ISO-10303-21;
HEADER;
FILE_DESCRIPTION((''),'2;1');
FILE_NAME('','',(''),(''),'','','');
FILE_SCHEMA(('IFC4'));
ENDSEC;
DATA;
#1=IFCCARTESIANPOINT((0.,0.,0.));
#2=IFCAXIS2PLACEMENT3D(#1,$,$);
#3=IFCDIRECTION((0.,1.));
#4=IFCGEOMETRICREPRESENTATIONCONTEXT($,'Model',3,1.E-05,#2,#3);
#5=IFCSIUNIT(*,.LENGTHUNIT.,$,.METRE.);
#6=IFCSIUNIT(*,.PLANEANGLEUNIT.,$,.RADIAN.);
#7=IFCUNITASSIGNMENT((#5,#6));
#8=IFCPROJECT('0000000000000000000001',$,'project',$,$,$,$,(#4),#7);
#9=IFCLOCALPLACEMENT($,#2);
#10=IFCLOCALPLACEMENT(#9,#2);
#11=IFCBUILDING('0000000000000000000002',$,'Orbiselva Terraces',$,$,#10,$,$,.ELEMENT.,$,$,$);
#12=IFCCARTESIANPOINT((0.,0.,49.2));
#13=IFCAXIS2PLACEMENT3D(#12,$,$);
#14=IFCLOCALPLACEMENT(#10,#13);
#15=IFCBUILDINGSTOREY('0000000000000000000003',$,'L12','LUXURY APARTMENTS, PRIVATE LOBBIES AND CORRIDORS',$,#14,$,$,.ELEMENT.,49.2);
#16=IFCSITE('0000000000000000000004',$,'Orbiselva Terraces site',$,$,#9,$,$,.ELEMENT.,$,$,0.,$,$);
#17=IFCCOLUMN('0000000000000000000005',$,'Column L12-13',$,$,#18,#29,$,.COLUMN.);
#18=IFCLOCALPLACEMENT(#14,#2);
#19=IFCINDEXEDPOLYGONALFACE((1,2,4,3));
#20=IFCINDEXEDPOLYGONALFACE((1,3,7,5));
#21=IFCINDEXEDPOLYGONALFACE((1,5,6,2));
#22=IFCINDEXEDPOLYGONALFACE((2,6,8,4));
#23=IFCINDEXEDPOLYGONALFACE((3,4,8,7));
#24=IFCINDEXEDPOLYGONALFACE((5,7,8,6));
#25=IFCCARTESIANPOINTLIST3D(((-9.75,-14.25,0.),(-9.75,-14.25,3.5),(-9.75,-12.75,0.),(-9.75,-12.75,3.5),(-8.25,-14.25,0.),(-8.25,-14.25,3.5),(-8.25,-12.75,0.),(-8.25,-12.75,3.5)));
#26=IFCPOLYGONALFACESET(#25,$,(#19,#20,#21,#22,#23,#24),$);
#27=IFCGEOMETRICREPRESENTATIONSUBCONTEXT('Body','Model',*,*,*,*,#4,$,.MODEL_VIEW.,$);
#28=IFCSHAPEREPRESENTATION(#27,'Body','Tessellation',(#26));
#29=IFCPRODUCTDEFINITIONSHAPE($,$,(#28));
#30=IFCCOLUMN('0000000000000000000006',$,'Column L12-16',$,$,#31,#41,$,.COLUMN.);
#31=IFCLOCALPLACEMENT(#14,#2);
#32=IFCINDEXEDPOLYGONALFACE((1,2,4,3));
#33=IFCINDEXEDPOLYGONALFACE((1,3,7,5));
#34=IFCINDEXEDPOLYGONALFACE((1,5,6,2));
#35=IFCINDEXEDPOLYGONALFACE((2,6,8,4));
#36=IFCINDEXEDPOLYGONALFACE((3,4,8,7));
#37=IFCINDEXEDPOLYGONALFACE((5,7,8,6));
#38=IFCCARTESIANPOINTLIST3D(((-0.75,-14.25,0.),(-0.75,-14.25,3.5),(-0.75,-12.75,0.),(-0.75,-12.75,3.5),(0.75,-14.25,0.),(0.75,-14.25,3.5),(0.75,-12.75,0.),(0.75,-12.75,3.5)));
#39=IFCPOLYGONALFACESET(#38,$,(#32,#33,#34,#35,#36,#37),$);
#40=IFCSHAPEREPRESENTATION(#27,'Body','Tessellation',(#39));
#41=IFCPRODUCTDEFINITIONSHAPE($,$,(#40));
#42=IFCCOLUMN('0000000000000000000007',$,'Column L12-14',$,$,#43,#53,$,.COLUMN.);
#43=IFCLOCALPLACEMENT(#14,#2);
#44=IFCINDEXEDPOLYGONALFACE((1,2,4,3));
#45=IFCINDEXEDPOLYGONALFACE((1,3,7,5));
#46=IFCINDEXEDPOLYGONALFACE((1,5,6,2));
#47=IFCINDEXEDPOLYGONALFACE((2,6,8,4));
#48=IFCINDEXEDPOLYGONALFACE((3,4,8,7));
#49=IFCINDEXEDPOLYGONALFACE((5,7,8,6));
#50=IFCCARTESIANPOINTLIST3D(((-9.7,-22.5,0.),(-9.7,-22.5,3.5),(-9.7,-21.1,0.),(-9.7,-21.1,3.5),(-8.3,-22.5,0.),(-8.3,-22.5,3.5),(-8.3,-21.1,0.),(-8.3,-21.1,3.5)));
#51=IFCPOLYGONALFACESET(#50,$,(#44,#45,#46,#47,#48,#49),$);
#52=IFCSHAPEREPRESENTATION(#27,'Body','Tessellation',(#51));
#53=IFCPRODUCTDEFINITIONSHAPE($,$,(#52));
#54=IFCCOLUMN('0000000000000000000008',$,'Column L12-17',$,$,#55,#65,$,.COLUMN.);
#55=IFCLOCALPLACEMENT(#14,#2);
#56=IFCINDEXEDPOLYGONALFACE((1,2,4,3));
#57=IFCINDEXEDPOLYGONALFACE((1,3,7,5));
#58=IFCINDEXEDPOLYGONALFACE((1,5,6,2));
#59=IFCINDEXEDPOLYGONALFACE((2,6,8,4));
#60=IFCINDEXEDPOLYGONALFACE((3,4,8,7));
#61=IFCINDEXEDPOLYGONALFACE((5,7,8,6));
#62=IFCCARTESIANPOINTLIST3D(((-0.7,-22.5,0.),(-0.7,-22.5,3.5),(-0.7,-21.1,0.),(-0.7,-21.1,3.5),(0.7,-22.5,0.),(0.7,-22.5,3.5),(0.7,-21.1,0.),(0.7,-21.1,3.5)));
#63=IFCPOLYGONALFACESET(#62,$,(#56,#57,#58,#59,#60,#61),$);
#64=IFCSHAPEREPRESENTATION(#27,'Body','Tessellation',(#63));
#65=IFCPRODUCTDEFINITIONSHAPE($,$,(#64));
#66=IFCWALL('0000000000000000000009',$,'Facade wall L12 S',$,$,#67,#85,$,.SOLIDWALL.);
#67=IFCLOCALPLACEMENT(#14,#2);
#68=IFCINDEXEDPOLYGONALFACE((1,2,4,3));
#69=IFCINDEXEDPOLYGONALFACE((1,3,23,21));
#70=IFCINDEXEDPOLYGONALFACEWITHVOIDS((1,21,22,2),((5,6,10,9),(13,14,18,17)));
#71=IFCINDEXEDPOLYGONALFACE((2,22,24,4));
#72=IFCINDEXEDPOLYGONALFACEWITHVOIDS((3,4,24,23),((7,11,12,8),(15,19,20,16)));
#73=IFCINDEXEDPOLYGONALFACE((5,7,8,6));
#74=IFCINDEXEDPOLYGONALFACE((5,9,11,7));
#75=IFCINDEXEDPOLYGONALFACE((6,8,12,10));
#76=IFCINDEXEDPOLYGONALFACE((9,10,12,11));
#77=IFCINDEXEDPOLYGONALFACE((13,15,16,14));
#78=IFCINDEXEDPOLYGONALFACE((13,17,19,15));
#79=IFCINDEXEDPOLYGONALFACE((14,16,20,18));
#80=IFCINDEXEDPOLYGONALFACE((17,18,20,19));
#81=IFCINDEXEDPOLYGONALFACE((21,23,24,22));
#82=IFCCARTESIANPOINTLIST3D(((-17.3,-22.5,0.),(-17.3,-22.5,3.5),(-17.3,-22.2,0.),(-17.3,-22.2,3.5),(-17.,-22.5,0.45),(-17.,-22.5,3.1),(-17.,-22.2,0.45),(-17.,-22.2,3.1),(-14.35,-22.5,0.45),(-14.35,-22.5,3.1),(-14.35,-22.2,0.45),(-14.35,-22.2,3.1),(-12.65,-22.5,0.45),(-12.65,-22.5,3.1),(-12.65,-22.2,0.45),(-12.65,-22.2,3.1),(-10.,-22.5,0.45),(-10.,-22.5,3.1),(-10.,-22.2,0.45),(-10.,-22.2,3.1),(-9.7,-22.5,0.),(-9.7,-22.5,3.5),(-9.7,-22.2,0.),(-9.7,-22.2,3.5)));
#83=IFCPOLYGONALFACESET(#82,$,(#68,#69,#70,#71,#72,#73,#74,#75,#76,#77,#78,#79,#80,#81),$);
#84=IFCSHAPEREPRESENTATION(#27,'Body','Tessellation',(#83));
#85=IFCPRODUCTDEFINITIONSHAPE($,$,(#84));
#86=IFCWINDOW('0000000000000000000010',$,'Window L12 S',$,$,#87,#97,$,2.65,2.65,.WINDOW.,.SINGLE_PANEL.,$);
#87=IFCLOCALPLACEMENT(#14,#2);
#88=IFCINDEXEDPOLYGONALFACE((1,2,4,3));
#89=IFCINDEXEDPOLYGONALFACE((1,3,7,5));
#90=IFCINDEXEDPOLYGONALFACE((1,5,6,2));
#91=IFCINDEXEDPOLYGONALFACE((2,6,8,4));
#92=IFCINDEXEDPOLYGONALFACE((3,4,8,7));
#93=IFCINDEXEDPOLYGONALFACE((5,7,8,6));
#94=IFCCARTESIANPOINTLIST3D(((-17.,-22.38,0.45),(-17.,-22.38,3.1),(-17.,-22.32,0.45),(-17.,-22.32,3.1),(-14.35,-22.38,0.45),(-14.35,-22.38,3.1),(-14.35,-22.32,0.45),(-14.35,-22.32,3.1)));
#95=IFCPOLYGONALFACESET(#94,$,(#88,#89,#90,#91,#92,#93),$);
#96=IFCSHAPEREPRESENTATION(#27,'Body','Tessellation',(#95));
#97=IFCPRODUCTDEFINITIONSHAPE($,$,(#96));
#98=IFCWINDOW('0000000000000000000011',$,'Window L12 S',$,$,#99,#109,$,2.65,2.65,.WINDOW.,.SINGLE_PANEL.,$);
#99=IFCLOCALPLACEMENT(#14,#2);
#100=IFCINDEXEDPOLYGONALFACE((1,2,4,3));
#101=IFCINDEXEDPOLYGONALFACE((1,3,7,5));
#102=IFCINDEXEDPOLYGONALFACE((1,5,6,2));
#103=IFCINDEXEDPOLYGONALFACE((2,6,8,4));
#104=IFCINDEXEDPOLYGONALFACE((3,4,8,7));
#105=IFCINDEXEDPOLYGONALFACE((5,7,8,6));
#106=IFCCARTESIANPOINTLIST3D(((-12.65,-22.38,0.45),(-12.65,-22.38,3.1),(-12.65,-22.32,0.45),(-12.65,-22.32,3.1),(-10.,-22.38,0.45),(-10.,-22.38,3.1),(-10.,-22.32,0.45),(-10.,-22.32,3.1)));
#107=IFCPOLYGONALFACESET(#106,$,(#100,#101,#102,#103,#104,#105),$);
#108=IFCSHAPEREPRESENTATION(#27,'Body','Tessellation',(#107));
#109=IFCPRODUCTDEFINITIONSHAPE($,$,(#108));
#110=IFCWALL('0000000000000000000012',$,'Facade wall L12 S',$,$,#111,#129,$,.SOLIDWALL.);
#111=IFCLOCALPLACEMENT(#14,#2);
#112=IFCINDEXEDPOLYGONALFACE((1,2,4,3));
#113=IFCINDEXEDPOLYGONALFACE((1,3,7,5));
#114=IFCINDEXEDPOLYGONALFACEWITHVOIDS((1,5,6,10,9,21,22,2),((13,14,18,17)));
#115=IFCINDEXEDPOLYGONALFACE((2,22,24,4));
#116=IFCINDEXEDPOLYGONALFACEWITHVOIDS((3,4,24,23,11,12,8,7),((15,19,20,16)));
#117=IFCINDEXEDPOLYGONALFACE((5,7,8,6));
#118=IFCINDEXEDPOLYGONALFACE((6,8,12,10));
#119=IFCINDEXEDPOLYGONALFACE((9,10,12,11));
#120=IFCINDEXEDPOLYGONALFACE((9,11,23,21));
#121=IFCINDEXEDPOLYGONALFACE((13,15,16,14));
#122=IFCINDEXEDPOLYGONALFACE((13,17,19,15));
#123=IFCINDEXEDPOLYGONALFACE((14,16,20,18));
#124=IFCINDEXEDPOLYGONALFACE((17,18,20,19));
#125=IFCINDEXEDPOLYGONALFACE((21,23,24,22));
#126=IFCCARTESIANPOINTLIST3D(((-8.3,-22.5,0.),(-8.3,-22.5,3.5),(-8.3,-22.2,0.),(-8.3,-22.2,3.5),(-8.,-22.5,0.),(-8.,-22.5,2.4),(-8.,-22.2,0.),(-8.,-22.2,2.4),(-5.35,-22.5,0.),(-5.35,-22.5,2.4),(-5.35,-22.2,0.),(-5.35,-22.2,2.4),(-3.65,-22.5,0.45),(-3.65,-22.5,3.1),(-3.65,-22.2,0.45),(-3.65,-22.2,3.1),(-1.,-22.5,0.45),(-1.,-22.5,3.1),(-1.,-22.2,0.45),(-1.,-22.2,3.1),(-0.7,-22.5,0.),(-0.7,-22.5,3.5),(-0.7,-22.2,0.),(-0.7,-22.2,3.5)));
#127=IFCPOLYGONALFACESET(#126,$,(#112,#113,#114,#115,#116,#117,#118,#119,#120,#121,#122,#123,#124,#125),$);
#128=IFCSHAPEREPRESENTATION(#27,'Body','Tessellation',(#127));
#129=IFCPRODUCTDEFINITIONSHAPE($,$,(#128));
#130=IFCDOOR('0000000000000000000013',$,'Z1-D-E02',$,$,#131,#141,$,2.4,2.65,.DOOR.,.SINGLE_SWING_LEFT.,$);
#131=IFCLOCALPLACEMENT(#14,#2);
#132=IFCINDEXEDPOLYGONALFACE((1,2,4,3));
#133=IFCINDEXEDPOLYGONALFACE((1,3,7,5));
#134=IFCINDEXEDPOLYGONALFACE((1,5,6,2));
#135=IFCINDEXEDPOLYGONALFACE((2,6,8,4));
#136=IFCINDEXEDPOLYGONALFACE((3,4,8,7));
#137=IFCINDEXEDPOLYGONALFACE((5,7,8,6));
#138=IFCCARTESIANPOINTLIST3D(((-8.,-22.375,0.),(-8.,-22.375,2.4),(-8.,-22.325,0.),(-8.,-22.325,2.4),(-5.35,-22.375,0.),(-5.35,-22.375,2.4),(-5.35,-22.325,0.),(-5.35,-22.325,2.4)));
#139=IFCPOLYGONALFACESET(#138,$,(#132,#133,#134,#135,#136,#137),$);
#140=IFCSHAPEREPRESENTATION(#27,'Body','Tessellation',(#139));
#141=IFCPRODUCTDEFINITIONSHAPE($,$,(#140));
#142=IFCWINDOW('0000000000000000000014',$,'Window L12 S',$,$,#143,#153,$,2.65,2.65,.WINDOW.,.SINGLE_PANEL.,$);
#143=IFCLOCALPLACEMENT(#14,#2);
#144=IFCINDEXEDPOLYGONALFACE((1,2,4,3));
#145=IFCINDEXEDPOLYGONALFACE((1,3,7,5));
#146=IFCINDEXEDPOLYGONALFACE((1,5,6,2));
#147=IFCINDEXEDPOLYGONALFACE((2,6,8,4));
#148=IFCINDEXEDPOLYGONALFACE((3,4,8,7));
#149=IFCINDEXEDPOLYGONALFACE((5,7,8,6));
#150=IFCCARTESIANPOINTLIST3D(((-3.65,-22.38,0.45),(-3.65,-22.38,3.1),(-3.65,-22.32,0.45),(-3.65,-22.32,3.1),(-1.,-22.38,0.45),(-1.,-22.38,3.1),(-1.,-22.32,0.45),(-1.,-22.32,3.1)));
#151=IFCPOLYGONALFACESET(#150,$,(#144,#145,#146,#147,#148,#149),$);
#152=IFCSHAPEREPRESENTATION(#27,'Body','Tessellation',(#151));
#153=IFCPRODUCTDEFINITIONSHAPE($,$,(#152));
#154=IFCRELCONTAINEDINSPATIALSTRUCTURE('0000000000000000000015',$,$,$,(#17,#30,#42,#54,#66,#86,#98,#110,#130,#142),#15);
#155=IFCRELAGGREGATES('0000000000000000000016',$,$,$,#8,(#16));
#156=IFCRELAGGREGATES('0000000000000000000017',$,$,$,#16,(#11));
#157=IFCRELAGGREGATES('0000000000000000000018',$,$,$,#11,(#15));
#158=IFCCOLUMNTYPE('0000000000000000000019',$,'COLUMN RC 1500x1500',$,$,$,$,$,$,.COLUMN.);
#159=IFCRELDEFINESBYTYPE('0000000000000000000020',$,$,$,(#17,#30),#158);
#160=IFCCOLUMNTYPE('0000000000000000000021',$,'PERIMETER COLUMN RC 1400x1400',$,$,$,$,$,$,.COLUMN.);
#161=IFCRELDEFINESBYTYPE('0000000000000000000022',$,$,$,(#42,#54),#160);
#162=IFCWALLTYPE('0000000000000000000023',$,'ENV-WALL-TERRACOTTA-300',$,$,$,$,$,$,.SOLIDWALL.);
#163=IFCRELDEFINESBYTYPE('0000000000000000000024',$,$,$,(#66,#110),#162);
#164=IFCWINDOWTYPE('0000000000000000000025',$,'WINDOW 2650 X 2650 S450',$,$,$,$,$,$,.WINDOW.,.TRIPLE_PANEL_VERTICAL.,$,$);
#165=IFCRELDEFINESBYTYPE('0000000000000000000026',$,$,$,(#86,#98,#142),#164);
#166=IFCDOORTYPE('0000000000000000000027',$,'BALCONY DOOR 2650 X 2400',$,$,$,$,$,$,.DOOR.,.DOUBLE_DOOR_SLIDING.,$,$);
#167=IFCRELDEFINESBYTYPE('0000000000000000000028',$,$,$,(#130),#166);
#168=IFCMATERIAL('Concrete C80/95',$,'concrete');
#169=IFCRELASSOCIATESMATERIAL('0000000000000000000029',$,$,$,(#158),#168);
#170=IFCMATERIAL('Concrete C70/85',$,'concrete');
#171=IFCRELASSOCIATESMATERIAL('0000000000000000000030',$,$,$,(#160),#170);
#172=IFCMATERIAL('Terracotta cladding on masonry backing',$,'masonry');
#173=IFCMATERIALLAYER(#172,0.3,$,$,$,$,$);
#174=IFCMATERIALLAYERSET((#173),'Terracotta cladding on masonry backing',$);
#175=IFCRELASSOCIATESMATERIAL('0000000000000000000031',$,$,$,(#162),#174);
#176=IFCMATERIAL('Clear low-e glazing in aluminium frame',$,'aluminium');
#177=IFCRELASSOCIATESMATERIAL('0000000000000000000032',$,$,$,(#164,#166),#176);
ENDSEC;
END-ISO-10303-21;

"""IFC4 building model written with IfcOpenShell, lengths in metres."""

from ifc_helpers import new_model, si_unit, direction, frame, frame_2d, origin, origin_2d, place, context, subcontext, project, spatial, rectangle, extrude, material, layer, layer_set, material_profile, profile_set, type_object, element, fill, save


model = new_model("IFC4")

# Units and contexts
model_context = context("Model", 3, precision=1e-05, world=origin(), true_north=direction((0.0, 1.0)))
body_context = subcontext(model_context, "Body", "Model", "MODEL_VIEW")
ifc_project = project(units=[si_unit("LENGTHUNIT", "METRE"), si_unit("PLANEANGLEUNIT", "RADIAN")], contexts=[model_context])

# Site, building, storey
site_placement = place(None, origin())
site = spatial("IfcSite", under=ifc_project, at=site_placement, Name="Orbiselva Terraces site", CompositionType="ELEMENT", RefElevation=0.0)
building_placement = place(site_placement, origin())
building = spatial("IfcBuilding", under=site, at=building_placement, Name="Orbiselva Terraces", CompositionType="ELEMENT")
storey_placement = place(building_placement, frame((0.0, 0.0, 49.2)))
storey = spatial("IfcBuildingStorey", under=building, at=storey_placement, Name="L12", Description="LUXURY APARTMENTS, PRIVATE LOBBIES AND CORRIDORS", CompositionType="ELEMENT", Elevation=49.2)

# Columns
ifc_material_1 = material(Name="Concrete C80/95", Category="concrete")
ifc_material_profile_1 = material_profile(ifc_material_1, rectangle(XDim=1.5, YDim=1.5, at=origin_2d()), Name="RC 1500x1500")
ifc_profile_set_1 = profile_set([ifc_material_profile_1], Name="Concrete C80/95")
column_type_1 = type_object("IfcColumnType", Name="COLUMN RC 1500x1500", PredefinedType="COLUMN", material=ifc_profile_set_1)
for number, where, z_axis, x_axis, name in (
    (1, (-9.0, -13.5, 0.0), (0.0, 0.0, 1.0), (1.0, 0.0, 0.0), "Column L12-13"),
    (2, (0.0, -13.5, 0.0), (0.0, 0.0, 1.0), (1.0, 0.0, 0.0), "Column L12-16"),
):
    element("IfcColumn", number, at=place(storey_placement, frame(where, z_axis=z_axis, x_axis=x_axis)), inside=storey, type_object=column_type_1, Name=name, PredefinedType="COLUMN", context=body_context, shape_type="SweptSolid", body=[
        extrude(rectangle(XDim=1.5, YDim=1.5, at=origin_2d()), origin(), (0.0, 0.0, 1.0), 3.5),
    ])
ifc_material_2 = material(Name="Concrete C70/85", Category="concrete")
ifc_material_profile_2 = material_profile(ifc_material_2, rectangle(XDim=1.4, YDim=1.4, at=origin_2d()), Name="RC 1400x1400")
ifc_profile_set_2 = profile_set([ifc_material_profile_2], Name="Concrete C70/85")
column_type_2 = type_object("IfcColumnType", Name="PERIMETER COLUMN RC 1400x1400", PredefinedType="COLUMN", material=ifc_profile_set_2)
for number, where, z_axis, x_axis, name in (
    (3, (-9.0, -21.8, 0.0), (0.0, 0.0, 1.0), (1.0, 0.0, 0.0), "Column L12-14"),
    (4, (0.0, -21.8, 0.0), (0.0, 0.0, 1.0), (1.0, 0.0, 0.0), "Column L12-17"),
):
    element("IfcColumn", number, at=place(storey_placement, frame(where, z_axis=z_axis, x_axis=x_axis)), inside=storey, type_object=column_type_2, Name=name, PredefinedType="COLUMN", context=body_context, shape_type="SweptSolid", body=[
        extrude(rectangle(XDim=1.4, YDim=1.4, at=origin_2d()), origin(), (0.0, 0.0, 1.0), 3.5),
    ])

# Wall, openings, windows
ifc_material_3 = material(Name="Terracotta cladding on masonry backing", Category="masonry")
ifc_layer_1 = layer(ifc_material_3, 0.3)
ifc_layer_set_1 = layer_set([ifc_layer_1], Name="Terracotta cladding on masonry backing")
wall_type_1 = type_object("IfcWallType", Name="ENV-WALL-TERRACOTTA-300", PredefinedType="SOLIDWALL", material=ifc_layer_set_1)
wall_1_placement = place(storey_placement, frame((-9.7, -22.35, 0.0), z_axis=(0.0, 0.0, 1.0), x_axis=(-1.0, 0.0, 0.0)))
wall_1 = element("IfcWall", 5, at=wall_1_placement, inside=storey, type_object=wall_type_1, Name="Facade wall L12 S", PredefinedType="SOLIDWALL", context=body_context, shape_type="SweptSolid", body=[
    extrude(rectangle(XDim=7.6, YDim=0.3, at=frame_2d((3.8, 0.0))), origin(), (0.0, 0.0, 1.0), 3.5),
])
opening_1_placement = place(wall_1_placement, frame((4.65, 0.0, 0.45)))
opening_1 = element("IfcOpeningElement", 6, at=opening_1_placement, cuts=wall_1, PredefinedType="OPENING", context=body_context, shape_type="SweptSolid", body=[
    extrude(rectangle(XDim=2.65, YDim=2.65, at=frame_2d((1.325, 1.325))), frame((0.0, 0.16, 0.0), z_axis=(0.0, -1.0, 0.0), x_axis=(1.0, 0.0, 0.0)), (0.0, 0.0, 1.0), 0.32),
])
opening_2_placement = place(wall_1_placement, frame((0.3, 0.0, 0.45)))
opening_2 = element("IfcOpeningElement", 7, at=opening_2_placement, cuts=wall_1, PredefinedType="OPENING", context=body_context, shape_type="SweptSolid", body=[
    extrude(rectangle(XDim=2.65, YDim=2.65, at=frame_2d((1.325, 1.325))), frame((0.0, 0.16, 0.0), z_axis=(0.0, -1.0, 0.0), x_axis=(1.0, 0.0, 0.0)), (0.0, 0.0, 1.0), 0.32),
])
ifc_material_4 = material(Name="Clear low-e glazing in aluminium frame", Category="aluminium")
window_type = type_object("IfcWindowType", Name="WINDOW 2650 X 2650 S450", PartitioningType="TRIPLE_PANEL_VERTICAL", PredefinedType="WINDOW", material=ifc_material_4)
window_1_placement = place(opening_1_placement, origin())
window_1 = element("IfcWindow", 8, at=window_1_placement, inside=storey, type_object=window_type, Name="Window L12 S", OverallHeight=2.65, OverallWidth=2.65, PartitioningType="SINGLE_PANEL", PredefinedType="WINDOW", context=body_context, shape_type="SweptSolid", body=[
    extrude(rectangle(XDim=2.65, YDim=2.65, at=frame_2d((1.325, 1.325))), frame((0.0, 0.03, 0.0), z_axis=(0.0, -1.0, 0.0), x_axis=(1.0, 0.0, 0.0)), (0.0, 0.0, 1.0), 0.06),
])
fill(opening_1, window_1)
window_2_placement = place(opening_2_placement, origin())
window_2 = element("IfcWindow", 9, at=window_2_placement, inside=storey, type_object=window_type, Name="Window L12 S", OverallHeight=2.65, OverallWidth=2.65, PartitioningType="SINGLE_PANEL", PredefinedType="WINDOW", context=body_context, shape_type="SweptSolid", body=[
    extrude(rectangle(XDim=2.65, YDim=2.65, at=frame_2d((1.325, 1.325))), frame((0.0, 0.03, 0.0), z_axis=(0.0, -1.0, 0.0), x_axis=(1.0, 0.0, 0.0)), (0.0, 0.0, 1.0), 0.06),
])
fill(opening_2, window_2)

# Wall, openings, door, window
wall_2_placement = place(storey_placement, frame((-0.7, -22.35, 0.0), z_axis=(0.0, 0.0, 1.0), x_axis=(-1.0, 0.0, 0.0)))
wall_2 = element("IfcWall", 10, at=wall_2_placement, inside=storey, type_object=wall_type_1, Name="Facade wall L12 S", PredefinedType="SOLIDWALL", context=body_context, shape_type="SweptSolid", body=[
    extrude(rectangle(XDim=7.6, YDim=0.3, at=frame_2d((3.8, 0.0))), origin(), (0.0, 0.0, 1.0), 3.5),
])
opening_3_placement = place(wall_2_placement, frame((4.65, 0.0, 0.0)))
opening_3 = element("IfcOpeningElement", 11, at=opening_3_placement, cuts=wall_2, PredefinedType="OPENING", context=body_context, shape_type="SweptSolid", body=[
    extrude(rectangle(XDim=2.65, YDim=2.4, at=frame_2d((1.325, 1.2))), frame((0.0, 0.16, 0.0), z_axis=(0.0, -1.0, 0.0), x_axis=(1.0, 0.0, 0.0)), (0.0, 0.0, 1.0), 0.32),
])
opening_4_placement = place(wall_2_placement, frame((0.3, 0.0, 0.45)))
opening_4 = element("IfcOpeningElement", 12, at=opening_4_placement, cuts=wall_2, PredefinedType="OPENING", context=body_context, shape_type="SweptSolid", body=[
    extrude(rectangle(XDim=2.65, YDim=2.65, at=frame_2d((1.325, 1.325))), frame((0.0, 0.16, 0.0), z_axis=(0.0, -1.0, 0.0), x_axis=(1.0, 0.0, 0.0)), (0.0, 0.0, 1.0), 0.32),
])
door_type_1 = type_object("IfcDoorType", Name="BALCONY DOOR 2650 X 2400", OperationType="DOUBLE_DOOR_SLIDING", PredefinedType="DOOR", material=ifc_material_4)
door_1_placement = place(opening_3_placement, origin())
door_1 = element("IfcDoor", 13, at=door_1_placement, inside=storey, type_object=door_type_1, Name="Z1-D-E02", OperationType="SINGLE_SWING_LEFT", OverallHeight=2.4, OverallWidth=2.65, PredefinedType="DOOR", context=body_context, shape_type="SweptSolid", body=[
    extrude(rectangle(XDim=2.65, YDim=2.4, at=frame_2d((1.325, 1.2))), frame((0.0, 0.025, 0.0), z_axis=(0.0, -1.0, 0.0), x_axis=(1.0, 0.0, 0.0)), (0.0, 0.0, 1.0), 0.05),
])
fill(opening_3, door_1)
window_3_placement = place(opening_4_placement, origin())
window_3 = element("IfcWindow", 14, at=window_3_placement, inside=storey, type_object=window_type, Name="Window L12 S", OverallHeight=2.65, OverallWidth=2.65, PartitioningType="SINGLE_PANEL", PredefinedType="WINDOW", context=body_context, shape_type="SweptSolid", body=[
    extrude(rectangle(XDim=2.65, YDim=2.65, at=frame_2d((1.325, 1.325))), frame((0.0, 0.03, 0.0), z_axis=(0.0, -1.0, 0.0), x_axis=(1.0, 0.0, 0.0)), (0.0, 0.0, 1.0), 0.06),
])
fill(opening_4, window_3)

save(model, "model.ifc")
